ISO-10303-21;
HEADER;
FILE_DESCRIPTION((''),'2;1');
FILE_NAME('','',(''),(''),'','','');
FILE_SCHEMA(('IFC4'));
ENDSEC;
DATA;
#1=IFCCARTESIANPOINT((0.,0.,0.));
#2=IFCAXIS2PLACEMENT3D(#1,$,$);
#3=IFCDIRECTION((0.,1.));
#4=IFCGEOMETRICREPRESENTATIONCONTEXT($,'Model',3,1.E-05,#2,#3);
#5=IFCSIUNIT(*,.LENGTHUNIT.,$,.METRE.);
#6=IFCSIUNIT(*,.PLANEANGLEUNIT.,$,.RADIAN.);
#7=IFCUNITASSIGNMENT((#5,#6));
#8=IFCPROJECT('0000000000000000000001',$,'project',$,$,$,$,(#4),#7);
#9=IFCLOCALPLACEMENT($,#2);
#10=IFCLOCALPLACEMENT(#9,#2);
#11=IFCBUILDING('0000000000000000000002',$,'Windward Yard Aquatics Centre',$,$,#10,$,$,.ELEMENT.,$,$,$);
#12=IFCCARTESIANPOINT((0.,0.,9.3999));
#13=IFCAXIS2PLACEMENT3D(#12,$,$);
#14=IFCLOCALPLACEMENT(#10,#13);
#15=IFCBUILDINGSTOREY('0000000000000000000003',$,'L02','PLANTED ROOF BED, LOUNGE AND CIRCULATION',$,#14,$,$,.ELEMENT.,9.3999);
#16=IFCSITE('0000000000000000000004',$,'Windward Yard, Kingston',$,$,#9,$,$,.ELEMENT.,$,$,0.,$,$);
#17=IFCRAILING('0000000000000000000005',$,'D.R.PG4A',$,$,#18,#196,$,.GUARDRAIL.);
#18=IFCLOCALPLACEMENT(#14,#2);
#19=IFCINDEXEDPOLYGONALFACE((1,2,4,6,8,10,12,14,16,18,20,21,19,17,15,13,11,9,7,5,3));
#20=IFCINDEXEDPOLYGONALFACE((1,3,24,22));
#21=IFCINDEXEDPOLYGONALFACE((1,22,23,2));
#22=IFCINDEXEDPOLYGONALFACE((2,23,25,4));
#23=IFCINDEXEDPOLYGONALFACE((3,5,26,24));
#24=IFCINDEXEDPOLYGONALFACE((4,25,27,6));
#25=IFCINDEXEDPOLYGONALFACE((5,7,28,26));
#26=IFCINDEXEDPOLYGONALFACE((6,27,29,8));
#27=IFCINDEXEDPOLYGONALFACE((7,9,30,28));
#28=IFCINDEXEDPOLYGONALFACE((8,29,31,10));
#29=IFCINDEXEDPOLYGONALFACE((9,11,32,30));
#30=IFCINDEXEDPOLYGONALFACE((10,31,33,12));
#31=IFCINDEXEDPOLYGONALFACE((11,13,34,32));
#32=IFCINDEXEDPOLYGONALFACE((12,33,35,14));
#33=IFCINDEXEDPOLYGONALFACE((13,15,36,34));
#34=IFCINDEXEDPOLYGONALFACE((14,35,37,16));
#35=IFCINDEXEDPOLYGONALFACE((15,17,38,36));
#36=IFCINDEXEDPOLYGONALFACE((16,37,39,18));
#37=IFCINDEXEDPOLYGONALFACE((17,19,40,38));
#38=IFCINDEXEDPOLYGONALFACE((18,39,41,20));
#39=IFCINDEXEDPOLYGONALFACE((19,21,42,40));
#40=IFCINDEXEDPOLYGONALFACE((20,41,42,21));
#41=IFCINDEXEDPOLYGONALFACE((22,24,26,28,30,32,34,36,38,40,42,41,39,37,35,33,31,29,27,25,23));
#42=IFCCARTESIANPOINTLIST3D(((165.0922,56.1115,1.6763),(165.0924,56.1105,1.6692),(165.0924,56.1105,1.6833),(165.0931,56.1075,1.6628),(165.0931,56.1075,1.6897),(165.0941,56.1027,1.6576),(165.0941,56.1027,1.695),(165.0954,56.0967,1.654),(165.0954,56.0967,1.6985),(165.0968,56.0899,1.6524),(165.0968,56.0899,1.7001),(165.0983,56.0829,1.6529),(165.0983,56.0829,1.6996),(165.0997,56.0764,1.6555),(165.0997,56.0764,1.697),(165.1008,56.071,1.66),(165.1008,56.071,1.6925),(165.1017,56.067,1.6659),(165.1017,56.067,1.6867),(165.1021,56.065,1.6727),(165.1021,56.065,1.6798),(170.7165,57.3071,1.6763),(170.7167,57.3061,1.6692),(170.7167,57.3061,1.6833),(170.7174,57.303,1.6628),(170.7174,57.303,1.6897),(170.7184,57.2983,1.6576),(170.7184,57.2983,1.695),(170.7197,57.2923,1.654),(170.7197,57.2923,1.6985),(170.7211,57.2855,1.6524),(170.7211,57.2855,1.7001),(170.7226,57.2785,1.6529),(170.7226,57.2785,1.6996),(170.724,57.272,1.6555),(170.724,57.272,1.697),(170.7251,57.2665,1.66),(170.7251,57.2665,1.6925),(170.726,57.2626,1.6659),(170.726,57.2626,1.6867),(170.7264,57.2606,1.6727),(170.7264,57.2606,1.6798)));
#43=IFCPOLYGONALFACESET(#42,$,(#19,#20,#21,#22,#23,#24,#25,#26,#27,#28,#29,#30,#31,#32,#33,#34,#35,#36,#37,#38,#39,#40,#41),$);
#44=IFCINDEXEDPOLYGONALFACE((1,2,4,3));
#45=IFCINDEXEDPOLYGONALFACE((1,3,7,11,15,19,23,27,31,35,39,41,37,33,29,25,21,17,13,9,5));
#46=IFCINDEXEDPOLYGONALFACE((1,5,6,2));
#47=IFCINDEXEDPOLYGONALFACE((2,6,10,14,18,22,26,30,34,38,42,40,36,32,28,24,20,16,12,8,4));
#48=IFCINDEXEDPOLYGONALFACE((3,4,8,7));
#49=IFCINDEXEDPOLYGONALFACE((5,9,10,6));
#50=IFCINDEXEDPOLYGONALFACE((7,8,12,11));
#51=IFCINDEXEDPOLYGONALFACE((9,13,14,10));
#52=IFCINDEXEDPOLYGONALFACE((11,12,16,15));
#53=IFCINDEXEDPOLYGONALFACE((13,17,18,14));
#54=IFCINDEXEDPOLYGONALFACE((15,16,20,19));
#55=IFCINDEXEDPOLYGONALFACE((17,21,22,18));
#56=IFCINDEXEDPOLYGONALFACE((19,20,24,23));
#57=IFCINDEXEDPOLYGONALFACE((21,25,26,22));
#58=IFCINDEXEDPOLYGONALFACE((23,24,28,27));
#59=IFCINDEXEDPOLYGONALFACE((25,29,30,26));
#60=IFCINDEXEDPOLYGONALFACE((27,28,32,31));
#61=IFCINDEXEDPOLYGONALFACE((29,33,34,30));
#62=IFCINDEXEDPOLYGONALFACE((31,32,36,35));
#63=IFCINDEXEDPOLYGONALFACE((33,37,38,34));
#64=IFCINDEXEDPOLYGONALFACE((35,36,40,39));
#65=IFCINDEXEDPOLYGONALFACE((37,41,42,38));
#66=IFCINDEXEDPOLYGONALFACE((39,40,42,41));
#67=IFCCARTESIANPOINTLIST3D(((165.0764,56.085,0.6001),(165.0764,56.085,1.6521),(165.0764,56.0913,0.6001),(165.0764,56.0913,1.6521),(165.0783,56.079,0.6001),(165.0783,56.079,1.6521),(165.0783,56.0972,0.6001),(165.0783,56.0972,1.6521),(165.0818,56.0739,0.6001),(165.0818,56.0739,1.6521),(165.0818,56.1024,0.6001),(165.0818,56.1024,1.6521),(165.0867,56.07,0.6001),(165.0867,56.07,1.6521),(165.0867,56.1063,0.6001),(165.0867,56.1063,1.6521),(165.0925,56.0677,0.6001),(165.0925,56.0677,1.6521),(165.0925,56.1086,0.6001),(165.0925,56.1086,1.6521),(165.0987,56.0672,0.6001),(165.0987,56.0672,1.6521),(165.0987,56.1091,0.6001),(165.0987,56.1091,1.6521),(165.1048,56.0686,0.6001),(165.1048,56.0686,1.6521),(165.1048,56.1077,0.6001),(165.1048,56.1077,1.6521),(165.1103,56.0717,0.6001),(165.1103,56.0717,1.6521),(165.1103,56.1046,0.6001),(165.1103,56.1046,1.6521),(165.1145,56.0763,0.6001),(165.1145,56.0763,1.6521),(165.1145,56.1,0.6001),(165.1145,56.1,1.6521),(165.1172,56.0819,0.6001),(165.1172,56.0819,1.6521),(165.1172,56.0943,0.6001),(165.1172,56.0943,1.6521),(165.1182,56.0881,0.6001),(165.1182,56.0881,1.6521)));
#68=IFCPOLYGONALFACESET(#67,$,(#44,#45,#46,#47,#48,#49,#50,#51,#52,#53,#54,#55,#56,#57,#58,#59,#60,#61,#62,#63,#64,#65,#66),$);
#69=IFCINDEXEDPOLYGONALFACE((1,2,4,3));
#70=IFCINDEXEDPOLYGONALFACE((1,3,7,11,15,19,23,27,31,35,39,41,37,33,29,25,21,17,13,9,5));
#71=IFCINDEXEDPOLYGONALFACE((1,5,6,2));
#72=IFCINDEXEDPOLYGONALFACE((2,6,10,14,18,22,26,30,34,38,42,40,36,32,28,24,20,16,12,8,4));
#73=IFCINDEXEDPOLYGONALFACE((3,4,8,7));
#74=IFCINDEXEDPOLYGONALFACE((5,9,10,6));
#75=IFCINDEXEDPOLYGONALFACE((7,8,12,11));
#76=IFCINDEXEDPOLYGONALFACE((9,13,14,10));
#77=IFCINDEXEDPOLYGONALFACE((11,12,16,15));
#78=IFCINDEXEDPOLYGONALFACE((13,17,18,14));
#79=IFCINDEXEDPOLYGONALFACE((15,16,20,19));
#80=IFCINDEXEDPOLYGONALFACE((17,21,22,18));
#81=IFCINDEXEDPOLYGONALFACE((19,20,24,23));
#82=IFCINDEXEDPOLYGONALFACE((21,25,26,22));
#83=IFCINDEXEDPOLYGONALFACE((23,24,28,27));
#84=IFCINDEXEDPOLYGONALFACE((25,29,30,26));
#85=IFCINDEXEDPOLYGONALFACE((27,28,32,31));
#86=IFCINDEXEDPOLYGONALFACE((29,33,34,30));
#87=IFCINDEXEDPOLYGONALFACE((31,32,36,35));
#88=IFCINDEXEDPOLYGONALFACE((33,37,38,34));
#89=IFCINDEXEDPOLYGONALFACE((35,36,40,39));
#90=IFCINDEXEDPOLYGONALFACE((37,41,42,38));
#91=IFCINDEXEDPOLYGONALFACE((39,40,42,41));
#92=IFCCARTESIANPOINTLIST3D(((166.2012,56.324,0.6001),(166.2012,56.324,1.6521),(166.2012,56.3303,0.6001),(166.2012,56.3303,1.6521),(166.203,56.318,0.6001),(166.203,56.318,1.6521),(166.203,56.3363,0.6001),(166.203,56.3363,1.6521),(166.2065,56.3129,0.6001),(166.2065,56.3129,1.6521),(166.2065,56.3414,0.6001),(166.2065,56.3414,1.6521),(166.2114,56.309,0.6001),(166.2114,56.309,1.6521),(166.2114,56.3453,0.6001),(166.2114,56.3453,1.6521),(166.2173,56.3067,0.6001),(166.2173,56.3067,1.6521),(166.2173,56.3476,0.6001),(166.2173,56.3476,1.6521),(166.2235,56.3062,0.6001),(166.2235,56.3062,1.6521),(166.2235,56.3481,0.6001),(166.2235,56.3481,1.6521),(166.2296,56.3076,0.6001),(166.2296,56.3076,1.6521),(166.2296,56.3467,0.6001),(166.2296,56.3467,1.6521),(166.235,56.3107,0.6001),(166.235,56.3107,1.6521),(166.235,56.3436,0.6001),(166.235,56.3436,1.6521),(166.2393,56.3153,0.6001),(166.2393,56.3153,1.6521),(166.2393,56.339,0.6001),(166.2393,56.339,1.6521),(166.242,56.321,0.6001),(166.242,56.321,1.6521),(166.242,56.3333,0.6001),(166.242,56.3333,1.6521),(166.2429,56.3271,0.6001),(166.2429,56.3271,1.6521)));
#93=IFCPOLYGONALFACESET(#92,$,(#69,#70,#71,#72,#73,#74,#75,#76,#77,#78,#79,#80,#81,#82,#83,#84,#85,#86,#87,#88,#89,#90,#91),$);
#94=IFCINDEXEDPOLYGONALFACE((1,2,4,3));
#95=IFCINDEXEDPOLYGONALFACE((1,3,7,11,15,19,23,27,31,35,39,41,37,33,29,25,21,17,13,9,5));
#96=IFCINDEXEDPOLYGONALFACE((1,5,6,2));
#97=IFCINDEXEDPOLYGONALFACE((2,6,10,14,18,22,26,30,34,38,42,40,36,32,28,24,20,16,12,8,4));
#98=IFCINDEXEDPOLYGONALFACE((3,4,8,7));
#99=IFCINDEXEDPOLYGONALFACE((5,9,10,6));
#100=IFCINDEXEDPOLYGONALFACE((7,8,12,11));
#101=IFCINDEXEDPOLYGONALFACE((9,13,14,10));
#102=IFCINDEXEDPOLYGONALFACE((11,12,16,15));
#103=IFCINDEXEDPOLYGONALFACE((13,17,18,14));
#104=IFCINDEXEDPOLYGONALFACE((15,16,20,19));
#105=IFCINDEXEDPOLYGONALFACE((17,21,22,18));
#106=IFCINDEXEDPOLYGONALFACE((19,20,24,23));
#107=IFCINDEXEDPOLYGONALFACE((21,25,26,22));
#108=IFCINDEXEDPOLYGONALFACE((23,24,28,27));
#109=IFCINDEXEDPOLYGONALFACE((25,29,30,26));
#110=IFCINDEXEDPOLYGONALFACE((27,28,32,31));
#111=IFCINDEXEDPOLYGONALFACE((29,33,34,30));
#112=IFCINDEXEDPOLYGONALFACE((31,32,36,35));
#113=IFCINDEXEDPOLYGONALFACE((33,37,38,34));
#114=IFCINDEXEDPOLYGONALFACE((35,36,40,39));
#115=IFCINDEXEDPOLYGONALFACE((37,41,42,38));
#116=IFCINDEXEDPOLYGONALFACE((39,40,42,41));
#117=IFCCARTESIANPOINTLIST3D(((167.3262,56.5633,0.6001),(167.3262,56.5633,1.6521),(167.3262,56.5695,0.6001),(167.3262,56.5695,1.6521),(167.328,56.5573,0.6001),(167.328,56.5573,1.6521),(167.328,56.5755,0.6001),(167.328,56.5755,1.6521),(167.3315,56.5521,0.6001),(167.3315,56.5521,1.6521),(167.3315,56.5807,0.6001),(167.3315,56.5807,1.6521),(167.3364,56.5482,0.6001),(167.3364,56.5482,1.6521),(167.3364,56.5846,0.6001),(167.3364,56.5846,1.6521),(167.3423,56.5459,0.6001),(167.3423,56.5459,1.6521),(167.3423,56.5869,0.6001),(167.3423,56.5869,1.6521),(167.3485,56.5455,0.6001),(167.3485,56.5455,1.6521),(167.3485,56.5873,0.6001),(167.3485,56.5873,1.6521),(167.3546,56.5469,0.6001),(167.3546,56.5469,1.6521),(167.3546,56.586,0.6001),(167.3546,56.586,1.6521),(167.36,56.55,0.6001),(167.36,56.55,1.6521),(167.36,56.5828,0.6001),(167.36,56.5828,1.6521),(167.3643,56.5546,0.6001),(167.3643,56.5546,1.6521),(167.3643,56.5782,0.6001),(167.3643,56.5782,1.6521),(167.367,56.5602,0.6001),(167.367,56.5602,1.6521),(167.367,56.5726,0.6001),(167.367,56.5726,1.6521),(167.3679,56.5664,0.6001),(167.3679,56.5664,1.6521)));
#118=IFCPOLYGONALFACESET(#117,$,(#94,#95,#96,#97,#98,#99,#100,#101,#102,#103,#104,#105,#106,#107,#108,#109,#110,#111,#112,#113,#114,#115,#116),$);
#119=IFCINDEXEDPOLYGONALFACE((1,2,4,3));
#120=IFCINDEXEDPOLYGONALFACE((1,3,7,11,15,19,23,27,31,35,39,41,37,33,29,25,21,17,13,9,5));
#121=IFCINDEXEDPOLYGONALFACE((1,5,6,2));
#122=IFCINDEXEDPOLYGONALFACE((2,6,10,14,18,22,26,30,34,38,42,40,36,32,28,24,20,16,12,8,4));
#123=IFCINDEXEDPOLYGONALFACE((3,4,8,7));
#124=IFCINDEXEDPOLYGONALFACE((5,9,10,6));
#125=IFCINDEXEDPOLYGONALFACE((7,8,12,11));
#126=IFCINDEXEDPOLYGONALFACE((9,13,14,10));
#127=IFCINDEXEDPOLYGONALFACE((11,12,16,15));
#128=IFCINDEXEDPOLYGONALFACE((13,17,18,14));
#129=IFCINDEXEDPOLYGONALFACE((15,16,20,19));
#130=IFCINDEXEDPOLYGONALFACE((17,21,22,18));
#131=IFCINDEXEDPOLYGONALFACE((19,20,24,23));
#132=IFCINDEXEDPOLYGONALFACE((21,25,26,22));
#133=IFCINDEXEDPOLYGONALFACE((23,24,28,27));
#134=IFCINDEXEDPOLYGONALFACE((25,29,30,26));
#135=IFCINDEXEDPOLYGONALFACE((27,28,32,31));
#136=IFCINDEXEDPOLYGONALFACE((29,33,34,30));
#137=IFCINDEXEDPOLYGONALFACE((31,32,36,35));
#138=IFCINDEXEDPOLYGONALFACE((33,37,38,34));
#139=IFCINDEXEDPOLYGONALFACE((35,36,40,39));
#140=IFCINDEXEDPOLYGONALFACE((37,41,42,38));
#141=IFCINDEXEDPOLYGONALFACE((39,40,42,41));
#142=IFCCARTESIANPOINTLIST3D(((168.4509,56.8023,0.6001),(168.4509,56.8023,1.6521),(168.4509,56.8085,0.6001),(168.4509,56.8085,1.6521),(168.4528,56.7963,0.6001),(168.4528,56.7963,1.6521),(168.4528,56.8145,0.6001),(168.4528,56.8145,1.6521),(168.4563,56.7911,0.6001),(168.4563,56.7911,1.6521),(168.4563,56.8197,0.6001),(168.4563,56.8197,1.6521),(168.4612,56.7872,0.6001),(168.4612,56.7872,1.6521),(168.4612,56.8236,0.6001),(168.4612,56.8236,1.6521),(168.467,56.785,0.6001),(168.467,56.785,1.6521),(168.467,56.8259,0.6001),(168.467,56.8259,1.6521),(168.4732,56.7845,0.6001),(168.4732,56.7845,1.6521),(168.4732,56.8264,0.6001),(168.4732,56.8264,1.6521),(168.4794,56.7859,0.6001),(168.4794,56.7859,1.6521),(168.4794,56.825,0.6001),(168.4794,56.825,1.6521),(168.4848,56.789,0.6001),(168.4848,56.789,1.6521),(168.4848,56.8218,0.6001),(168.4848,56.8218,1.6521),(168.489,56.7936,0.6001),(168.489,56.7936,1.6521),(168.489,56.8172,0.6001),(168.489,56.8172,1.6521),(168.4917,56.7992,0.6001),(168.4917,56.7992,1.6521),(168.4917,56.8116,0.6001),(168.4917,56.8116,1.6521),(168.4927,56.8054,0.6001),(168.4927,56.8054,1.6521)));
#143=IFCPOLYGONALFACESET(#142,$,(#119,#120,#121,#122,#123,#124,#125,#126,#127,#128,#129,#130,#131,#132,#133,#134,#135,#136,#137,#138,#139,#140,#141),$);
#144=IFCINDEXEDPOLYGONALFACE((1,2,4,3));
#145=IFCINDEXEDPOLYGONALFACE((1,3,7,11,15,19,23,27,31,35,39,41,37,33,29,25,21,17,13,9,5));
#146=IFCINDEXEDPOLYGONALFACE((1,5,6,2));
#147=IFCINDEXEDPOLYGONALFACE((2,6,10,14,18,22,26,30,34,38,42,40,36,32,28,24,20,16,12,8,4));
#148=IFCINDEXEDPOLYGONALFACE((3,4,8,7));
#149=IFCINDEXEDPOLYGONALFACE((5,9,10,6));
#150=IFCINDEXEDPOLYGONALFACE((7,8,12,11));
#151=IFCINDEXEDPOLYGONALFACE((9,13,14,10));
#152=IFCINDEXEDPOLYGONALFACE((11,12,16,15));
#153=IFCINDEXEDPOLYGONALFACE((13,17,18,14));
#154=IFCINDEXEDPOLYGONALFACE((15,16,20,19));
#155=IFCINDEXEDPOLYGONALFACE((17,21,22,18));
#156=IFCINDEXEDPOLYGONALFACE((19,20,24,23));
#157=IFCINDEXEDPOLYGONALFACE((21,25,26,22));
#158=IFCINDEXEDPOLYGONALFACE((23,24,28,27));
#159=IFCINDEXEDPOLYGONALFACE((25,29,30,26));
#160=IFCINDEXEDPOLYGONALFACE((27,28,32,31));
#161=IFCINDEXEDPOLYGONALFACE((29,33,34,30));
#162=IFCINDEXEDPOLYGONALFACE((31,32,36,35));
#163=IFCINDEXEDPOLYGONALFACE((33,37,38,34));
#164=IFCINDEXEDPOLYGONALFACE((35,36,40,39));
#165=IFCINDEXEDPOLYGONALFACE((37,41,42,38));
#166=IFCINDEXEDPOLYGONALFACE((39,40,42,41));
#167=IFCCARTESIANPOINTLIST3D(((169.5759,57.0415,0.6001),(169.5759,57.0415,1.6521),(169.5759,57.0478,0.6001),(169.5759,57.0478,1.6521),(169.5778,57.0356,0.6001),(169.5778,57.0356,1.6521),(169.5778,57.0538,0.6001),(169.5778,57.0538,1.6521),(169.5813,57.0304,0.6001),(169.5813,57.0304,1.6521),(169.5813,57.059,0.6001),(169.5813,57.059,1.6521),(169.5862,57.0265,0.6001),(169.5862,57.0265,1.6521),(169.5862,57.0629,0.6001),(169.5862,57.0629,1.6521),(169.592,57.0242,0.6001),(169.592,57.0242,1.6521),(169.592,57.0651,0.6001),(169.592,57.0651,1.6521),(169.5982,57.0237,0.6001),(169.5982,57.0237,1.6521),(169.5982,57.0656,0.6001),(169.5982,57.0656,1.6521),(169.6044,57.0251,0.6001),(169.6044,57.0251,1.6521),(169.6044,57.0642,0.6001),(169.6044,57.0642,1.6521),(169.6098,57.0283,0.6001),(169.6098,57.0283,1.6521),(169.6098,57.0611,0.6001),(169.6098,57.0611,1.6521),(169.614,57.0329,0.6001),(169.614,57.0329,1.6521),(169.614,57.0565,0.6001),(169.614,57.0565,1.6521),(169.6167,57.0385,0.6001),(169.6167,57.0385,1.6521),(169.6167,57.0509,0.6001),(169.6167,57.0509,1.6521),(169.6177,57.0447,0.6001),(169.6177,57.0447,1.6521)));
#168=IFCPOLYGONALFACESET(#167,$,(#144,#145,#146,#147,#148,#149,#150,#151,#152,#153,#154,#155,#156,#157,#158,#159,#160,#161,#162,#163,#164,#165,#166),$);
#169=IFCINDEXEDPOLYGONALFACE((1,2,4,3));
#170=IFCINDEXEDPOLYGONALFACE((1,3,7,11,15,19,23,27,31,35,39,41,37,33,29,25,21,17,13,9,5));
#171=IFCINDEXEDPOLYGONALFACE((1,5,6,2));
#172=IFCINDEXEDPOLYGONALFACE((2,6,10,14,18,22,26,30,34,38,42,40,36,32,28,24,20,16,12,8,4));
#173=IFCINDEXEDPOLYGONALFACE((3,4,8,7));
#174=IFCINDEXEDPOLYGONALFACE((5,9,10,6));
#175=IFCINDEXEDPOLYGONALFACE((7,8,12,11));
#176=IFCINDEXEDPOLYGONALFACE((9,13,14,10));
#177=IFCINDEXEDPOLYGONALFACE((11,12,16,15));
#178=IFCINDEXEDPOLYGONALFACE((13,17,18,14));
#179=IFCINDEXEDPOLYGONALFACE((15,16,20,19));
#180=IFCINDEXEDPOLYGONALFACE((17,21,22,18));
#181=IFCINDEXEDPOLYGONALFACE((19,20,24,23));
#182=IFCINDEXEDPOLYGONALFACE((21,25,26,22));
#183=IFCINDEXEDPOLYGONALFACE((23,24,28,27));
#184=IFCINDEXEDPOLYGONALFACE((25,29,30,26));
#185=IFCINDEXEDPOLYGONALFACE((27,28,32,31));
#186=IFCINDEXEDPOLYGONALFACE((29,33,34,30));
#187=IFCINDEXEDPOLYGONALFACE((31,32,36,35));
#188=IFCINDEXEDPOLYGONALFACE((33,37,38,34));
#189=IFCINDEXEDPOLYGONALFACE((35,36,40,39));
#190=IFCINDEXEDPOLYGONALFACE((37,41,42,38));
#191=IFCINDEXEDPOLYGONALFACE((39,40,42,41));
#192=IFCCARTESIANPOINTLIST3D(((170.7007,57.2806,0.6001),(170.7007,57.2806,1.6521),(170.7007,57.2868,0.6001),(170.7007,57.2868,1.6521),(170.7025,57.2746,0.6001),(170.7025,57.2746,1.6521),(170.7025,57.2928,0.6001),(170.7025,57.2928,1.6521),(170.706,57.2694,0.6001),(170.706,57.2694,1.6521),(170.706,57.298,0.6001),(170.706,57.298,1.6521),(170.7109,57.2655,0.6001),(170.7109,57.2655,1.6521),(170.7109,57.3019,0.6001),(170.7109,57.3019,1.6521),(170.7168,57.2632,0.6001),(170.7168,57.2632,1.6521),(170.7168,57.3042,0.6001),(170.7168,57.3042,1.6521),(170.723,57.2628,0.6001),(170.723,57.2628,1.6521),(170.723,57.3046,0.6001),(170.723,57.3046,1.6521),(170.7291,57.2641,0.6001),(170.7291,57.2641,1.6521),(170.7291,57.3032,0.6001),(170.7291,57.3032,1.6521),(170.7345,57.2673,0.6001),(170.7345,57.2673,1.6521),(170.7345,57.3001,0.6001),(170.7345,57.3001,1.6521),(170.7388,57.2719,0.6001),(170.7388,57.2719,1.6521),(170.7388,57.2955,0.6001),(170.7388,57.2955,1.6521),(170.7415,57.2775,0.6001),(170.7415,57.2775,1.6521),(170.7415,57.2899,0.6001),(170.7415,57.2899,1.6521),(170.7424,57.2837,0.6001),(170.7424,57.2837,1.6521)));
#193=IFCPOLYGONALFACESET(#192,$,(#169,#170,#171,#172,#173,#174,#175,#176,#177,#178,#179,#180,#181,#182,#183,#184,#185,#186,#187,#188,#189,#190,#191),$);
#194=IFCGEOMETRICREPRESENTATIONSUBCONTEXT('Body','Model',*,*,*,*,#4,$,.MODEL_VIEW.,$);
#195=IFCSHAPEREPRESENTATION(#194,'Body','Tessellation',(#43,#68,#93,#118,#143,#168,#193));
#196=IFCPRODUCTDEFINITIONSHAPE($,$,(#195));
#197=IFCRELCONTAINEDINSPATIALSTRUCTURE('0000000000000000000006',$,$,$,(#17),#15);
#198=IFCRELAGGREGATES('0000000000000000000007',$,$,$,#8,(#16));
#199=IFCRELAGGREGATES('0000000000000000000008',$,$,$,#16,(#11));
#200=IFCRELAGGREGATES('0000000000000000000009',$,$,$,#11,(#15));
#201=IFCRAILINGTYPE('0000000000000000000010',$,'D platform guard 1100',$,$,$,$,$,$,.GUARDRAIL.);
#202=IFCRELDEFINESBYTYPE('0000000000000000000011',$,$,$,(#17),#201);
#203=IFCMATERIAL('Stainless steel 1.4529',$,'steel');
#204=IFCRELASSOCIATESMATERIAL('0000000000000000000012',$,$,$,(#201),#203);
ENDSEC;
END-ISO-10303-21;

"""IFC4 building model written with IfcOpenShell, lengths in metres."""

from ifc_helpers import new_model, si_unit, direction, frame, origin, origin_2d, place, context, subcontext, project, spatial, circle, extrude, material, type_object, element, save


model = new_model("IFC4")

# Units and contexts
model_context = context("Model", 3, precision=1e-05, world=origin(), true_north=direction((0.0, 1.0)))
body_context = subcontext(model_context, "Body", "Model", "MODEL_VIEW")
ifc_project = project(units=[si_unit("LENGTHUNIT", "METRE"), si_unit("PLANEANGLEUNIT", "RADIAN")], contexts=[model_context])

# Site, building, storey
site_placement = place(None, origin())
site = spatial("IfcSite", under=ifc_project, at=site_placement, Name="Windward Yard, Kingston", CompositionType="ELEMENT", RefElevation=0.0)
building_placement = place(site_placement, origin())
building = spatial("IfcBuilding", under=site, at=building_placement, Name="Windward Yard Aquatics Centre", CompositionType="ELEMENT")
storey_placement = place(building_placement, frame((0.0, 0.0, 9.3999)))
storey = spatial("IfcBuildingStorey", under=building, at=storey_placement, Name="L02", Description="PLANTED ROOF BED, LOUNGE AND CIRCULATION", CompositionType="ELEMENT", Elevation=9.3999)

# Railing
ifc_material_1 = material(Name="Stainless steel 1.4529", Category="steel")
railing_type = type_object("IfcRailingType", Name="D platform guard 1100", PredefinedType="GUARDRAIL", material=ifc_material_1)
railing_1_placement = place(storey_placement, frame((165.0972, 56.0881, 0.6001)))
element("IfcRailing", 1, at=railing_1_placement, inside=storey, type_object=railing_type, Name="D.R.PG4A", PredefinedType="GUARDRAIL", context=body_context, shape_type="SweptSolid", body=[
    extrude(circle(Radius=0.0239, at=origin_2d()), frame((0.0, 0.0, 1.0762), z_axis=(0.978145, 0.207925, 0.0), x_axis=(-0.207925, 0.978145, 0.0)), (0.0, 0.0, 1.0), 5.75),
    extrude(circle(Radius=0.021, at=origin_2d()), origin(), (0.0, 0.0, 1.0), 1.052),
    extrude(circle(Radius=0.021, at=origin_2d()), frame((1.1248, 0.239, 0.0)), (0.0, 0.0, 1.0), 1.052),
    extrude(circle(Radius=0.021, at=origin_2d()), frame((2.2498, 0.4783, 0.0)), (0.0, 0.0, 1.0), 1.052),
    extrude(circle(Radius=0.021, at=origin_2d()), frame((3.3745, 0.7173, 0.0)), (0.0, 0.0, 1.0), 1.052),
    extrude(circle(Radius=0.021, at=origin_2d()), frame((4.4995, 0.9565, 0.0)), (0.0, 0.0, 1.0), 1.052),
    extrude(circle(Radius=0.021, at=origin_2d()), frame((5.6243, 1.1956, 0.0)), (0.0, 0.0, 1.0), 1.052),
])

save(model, "model.ifc")
